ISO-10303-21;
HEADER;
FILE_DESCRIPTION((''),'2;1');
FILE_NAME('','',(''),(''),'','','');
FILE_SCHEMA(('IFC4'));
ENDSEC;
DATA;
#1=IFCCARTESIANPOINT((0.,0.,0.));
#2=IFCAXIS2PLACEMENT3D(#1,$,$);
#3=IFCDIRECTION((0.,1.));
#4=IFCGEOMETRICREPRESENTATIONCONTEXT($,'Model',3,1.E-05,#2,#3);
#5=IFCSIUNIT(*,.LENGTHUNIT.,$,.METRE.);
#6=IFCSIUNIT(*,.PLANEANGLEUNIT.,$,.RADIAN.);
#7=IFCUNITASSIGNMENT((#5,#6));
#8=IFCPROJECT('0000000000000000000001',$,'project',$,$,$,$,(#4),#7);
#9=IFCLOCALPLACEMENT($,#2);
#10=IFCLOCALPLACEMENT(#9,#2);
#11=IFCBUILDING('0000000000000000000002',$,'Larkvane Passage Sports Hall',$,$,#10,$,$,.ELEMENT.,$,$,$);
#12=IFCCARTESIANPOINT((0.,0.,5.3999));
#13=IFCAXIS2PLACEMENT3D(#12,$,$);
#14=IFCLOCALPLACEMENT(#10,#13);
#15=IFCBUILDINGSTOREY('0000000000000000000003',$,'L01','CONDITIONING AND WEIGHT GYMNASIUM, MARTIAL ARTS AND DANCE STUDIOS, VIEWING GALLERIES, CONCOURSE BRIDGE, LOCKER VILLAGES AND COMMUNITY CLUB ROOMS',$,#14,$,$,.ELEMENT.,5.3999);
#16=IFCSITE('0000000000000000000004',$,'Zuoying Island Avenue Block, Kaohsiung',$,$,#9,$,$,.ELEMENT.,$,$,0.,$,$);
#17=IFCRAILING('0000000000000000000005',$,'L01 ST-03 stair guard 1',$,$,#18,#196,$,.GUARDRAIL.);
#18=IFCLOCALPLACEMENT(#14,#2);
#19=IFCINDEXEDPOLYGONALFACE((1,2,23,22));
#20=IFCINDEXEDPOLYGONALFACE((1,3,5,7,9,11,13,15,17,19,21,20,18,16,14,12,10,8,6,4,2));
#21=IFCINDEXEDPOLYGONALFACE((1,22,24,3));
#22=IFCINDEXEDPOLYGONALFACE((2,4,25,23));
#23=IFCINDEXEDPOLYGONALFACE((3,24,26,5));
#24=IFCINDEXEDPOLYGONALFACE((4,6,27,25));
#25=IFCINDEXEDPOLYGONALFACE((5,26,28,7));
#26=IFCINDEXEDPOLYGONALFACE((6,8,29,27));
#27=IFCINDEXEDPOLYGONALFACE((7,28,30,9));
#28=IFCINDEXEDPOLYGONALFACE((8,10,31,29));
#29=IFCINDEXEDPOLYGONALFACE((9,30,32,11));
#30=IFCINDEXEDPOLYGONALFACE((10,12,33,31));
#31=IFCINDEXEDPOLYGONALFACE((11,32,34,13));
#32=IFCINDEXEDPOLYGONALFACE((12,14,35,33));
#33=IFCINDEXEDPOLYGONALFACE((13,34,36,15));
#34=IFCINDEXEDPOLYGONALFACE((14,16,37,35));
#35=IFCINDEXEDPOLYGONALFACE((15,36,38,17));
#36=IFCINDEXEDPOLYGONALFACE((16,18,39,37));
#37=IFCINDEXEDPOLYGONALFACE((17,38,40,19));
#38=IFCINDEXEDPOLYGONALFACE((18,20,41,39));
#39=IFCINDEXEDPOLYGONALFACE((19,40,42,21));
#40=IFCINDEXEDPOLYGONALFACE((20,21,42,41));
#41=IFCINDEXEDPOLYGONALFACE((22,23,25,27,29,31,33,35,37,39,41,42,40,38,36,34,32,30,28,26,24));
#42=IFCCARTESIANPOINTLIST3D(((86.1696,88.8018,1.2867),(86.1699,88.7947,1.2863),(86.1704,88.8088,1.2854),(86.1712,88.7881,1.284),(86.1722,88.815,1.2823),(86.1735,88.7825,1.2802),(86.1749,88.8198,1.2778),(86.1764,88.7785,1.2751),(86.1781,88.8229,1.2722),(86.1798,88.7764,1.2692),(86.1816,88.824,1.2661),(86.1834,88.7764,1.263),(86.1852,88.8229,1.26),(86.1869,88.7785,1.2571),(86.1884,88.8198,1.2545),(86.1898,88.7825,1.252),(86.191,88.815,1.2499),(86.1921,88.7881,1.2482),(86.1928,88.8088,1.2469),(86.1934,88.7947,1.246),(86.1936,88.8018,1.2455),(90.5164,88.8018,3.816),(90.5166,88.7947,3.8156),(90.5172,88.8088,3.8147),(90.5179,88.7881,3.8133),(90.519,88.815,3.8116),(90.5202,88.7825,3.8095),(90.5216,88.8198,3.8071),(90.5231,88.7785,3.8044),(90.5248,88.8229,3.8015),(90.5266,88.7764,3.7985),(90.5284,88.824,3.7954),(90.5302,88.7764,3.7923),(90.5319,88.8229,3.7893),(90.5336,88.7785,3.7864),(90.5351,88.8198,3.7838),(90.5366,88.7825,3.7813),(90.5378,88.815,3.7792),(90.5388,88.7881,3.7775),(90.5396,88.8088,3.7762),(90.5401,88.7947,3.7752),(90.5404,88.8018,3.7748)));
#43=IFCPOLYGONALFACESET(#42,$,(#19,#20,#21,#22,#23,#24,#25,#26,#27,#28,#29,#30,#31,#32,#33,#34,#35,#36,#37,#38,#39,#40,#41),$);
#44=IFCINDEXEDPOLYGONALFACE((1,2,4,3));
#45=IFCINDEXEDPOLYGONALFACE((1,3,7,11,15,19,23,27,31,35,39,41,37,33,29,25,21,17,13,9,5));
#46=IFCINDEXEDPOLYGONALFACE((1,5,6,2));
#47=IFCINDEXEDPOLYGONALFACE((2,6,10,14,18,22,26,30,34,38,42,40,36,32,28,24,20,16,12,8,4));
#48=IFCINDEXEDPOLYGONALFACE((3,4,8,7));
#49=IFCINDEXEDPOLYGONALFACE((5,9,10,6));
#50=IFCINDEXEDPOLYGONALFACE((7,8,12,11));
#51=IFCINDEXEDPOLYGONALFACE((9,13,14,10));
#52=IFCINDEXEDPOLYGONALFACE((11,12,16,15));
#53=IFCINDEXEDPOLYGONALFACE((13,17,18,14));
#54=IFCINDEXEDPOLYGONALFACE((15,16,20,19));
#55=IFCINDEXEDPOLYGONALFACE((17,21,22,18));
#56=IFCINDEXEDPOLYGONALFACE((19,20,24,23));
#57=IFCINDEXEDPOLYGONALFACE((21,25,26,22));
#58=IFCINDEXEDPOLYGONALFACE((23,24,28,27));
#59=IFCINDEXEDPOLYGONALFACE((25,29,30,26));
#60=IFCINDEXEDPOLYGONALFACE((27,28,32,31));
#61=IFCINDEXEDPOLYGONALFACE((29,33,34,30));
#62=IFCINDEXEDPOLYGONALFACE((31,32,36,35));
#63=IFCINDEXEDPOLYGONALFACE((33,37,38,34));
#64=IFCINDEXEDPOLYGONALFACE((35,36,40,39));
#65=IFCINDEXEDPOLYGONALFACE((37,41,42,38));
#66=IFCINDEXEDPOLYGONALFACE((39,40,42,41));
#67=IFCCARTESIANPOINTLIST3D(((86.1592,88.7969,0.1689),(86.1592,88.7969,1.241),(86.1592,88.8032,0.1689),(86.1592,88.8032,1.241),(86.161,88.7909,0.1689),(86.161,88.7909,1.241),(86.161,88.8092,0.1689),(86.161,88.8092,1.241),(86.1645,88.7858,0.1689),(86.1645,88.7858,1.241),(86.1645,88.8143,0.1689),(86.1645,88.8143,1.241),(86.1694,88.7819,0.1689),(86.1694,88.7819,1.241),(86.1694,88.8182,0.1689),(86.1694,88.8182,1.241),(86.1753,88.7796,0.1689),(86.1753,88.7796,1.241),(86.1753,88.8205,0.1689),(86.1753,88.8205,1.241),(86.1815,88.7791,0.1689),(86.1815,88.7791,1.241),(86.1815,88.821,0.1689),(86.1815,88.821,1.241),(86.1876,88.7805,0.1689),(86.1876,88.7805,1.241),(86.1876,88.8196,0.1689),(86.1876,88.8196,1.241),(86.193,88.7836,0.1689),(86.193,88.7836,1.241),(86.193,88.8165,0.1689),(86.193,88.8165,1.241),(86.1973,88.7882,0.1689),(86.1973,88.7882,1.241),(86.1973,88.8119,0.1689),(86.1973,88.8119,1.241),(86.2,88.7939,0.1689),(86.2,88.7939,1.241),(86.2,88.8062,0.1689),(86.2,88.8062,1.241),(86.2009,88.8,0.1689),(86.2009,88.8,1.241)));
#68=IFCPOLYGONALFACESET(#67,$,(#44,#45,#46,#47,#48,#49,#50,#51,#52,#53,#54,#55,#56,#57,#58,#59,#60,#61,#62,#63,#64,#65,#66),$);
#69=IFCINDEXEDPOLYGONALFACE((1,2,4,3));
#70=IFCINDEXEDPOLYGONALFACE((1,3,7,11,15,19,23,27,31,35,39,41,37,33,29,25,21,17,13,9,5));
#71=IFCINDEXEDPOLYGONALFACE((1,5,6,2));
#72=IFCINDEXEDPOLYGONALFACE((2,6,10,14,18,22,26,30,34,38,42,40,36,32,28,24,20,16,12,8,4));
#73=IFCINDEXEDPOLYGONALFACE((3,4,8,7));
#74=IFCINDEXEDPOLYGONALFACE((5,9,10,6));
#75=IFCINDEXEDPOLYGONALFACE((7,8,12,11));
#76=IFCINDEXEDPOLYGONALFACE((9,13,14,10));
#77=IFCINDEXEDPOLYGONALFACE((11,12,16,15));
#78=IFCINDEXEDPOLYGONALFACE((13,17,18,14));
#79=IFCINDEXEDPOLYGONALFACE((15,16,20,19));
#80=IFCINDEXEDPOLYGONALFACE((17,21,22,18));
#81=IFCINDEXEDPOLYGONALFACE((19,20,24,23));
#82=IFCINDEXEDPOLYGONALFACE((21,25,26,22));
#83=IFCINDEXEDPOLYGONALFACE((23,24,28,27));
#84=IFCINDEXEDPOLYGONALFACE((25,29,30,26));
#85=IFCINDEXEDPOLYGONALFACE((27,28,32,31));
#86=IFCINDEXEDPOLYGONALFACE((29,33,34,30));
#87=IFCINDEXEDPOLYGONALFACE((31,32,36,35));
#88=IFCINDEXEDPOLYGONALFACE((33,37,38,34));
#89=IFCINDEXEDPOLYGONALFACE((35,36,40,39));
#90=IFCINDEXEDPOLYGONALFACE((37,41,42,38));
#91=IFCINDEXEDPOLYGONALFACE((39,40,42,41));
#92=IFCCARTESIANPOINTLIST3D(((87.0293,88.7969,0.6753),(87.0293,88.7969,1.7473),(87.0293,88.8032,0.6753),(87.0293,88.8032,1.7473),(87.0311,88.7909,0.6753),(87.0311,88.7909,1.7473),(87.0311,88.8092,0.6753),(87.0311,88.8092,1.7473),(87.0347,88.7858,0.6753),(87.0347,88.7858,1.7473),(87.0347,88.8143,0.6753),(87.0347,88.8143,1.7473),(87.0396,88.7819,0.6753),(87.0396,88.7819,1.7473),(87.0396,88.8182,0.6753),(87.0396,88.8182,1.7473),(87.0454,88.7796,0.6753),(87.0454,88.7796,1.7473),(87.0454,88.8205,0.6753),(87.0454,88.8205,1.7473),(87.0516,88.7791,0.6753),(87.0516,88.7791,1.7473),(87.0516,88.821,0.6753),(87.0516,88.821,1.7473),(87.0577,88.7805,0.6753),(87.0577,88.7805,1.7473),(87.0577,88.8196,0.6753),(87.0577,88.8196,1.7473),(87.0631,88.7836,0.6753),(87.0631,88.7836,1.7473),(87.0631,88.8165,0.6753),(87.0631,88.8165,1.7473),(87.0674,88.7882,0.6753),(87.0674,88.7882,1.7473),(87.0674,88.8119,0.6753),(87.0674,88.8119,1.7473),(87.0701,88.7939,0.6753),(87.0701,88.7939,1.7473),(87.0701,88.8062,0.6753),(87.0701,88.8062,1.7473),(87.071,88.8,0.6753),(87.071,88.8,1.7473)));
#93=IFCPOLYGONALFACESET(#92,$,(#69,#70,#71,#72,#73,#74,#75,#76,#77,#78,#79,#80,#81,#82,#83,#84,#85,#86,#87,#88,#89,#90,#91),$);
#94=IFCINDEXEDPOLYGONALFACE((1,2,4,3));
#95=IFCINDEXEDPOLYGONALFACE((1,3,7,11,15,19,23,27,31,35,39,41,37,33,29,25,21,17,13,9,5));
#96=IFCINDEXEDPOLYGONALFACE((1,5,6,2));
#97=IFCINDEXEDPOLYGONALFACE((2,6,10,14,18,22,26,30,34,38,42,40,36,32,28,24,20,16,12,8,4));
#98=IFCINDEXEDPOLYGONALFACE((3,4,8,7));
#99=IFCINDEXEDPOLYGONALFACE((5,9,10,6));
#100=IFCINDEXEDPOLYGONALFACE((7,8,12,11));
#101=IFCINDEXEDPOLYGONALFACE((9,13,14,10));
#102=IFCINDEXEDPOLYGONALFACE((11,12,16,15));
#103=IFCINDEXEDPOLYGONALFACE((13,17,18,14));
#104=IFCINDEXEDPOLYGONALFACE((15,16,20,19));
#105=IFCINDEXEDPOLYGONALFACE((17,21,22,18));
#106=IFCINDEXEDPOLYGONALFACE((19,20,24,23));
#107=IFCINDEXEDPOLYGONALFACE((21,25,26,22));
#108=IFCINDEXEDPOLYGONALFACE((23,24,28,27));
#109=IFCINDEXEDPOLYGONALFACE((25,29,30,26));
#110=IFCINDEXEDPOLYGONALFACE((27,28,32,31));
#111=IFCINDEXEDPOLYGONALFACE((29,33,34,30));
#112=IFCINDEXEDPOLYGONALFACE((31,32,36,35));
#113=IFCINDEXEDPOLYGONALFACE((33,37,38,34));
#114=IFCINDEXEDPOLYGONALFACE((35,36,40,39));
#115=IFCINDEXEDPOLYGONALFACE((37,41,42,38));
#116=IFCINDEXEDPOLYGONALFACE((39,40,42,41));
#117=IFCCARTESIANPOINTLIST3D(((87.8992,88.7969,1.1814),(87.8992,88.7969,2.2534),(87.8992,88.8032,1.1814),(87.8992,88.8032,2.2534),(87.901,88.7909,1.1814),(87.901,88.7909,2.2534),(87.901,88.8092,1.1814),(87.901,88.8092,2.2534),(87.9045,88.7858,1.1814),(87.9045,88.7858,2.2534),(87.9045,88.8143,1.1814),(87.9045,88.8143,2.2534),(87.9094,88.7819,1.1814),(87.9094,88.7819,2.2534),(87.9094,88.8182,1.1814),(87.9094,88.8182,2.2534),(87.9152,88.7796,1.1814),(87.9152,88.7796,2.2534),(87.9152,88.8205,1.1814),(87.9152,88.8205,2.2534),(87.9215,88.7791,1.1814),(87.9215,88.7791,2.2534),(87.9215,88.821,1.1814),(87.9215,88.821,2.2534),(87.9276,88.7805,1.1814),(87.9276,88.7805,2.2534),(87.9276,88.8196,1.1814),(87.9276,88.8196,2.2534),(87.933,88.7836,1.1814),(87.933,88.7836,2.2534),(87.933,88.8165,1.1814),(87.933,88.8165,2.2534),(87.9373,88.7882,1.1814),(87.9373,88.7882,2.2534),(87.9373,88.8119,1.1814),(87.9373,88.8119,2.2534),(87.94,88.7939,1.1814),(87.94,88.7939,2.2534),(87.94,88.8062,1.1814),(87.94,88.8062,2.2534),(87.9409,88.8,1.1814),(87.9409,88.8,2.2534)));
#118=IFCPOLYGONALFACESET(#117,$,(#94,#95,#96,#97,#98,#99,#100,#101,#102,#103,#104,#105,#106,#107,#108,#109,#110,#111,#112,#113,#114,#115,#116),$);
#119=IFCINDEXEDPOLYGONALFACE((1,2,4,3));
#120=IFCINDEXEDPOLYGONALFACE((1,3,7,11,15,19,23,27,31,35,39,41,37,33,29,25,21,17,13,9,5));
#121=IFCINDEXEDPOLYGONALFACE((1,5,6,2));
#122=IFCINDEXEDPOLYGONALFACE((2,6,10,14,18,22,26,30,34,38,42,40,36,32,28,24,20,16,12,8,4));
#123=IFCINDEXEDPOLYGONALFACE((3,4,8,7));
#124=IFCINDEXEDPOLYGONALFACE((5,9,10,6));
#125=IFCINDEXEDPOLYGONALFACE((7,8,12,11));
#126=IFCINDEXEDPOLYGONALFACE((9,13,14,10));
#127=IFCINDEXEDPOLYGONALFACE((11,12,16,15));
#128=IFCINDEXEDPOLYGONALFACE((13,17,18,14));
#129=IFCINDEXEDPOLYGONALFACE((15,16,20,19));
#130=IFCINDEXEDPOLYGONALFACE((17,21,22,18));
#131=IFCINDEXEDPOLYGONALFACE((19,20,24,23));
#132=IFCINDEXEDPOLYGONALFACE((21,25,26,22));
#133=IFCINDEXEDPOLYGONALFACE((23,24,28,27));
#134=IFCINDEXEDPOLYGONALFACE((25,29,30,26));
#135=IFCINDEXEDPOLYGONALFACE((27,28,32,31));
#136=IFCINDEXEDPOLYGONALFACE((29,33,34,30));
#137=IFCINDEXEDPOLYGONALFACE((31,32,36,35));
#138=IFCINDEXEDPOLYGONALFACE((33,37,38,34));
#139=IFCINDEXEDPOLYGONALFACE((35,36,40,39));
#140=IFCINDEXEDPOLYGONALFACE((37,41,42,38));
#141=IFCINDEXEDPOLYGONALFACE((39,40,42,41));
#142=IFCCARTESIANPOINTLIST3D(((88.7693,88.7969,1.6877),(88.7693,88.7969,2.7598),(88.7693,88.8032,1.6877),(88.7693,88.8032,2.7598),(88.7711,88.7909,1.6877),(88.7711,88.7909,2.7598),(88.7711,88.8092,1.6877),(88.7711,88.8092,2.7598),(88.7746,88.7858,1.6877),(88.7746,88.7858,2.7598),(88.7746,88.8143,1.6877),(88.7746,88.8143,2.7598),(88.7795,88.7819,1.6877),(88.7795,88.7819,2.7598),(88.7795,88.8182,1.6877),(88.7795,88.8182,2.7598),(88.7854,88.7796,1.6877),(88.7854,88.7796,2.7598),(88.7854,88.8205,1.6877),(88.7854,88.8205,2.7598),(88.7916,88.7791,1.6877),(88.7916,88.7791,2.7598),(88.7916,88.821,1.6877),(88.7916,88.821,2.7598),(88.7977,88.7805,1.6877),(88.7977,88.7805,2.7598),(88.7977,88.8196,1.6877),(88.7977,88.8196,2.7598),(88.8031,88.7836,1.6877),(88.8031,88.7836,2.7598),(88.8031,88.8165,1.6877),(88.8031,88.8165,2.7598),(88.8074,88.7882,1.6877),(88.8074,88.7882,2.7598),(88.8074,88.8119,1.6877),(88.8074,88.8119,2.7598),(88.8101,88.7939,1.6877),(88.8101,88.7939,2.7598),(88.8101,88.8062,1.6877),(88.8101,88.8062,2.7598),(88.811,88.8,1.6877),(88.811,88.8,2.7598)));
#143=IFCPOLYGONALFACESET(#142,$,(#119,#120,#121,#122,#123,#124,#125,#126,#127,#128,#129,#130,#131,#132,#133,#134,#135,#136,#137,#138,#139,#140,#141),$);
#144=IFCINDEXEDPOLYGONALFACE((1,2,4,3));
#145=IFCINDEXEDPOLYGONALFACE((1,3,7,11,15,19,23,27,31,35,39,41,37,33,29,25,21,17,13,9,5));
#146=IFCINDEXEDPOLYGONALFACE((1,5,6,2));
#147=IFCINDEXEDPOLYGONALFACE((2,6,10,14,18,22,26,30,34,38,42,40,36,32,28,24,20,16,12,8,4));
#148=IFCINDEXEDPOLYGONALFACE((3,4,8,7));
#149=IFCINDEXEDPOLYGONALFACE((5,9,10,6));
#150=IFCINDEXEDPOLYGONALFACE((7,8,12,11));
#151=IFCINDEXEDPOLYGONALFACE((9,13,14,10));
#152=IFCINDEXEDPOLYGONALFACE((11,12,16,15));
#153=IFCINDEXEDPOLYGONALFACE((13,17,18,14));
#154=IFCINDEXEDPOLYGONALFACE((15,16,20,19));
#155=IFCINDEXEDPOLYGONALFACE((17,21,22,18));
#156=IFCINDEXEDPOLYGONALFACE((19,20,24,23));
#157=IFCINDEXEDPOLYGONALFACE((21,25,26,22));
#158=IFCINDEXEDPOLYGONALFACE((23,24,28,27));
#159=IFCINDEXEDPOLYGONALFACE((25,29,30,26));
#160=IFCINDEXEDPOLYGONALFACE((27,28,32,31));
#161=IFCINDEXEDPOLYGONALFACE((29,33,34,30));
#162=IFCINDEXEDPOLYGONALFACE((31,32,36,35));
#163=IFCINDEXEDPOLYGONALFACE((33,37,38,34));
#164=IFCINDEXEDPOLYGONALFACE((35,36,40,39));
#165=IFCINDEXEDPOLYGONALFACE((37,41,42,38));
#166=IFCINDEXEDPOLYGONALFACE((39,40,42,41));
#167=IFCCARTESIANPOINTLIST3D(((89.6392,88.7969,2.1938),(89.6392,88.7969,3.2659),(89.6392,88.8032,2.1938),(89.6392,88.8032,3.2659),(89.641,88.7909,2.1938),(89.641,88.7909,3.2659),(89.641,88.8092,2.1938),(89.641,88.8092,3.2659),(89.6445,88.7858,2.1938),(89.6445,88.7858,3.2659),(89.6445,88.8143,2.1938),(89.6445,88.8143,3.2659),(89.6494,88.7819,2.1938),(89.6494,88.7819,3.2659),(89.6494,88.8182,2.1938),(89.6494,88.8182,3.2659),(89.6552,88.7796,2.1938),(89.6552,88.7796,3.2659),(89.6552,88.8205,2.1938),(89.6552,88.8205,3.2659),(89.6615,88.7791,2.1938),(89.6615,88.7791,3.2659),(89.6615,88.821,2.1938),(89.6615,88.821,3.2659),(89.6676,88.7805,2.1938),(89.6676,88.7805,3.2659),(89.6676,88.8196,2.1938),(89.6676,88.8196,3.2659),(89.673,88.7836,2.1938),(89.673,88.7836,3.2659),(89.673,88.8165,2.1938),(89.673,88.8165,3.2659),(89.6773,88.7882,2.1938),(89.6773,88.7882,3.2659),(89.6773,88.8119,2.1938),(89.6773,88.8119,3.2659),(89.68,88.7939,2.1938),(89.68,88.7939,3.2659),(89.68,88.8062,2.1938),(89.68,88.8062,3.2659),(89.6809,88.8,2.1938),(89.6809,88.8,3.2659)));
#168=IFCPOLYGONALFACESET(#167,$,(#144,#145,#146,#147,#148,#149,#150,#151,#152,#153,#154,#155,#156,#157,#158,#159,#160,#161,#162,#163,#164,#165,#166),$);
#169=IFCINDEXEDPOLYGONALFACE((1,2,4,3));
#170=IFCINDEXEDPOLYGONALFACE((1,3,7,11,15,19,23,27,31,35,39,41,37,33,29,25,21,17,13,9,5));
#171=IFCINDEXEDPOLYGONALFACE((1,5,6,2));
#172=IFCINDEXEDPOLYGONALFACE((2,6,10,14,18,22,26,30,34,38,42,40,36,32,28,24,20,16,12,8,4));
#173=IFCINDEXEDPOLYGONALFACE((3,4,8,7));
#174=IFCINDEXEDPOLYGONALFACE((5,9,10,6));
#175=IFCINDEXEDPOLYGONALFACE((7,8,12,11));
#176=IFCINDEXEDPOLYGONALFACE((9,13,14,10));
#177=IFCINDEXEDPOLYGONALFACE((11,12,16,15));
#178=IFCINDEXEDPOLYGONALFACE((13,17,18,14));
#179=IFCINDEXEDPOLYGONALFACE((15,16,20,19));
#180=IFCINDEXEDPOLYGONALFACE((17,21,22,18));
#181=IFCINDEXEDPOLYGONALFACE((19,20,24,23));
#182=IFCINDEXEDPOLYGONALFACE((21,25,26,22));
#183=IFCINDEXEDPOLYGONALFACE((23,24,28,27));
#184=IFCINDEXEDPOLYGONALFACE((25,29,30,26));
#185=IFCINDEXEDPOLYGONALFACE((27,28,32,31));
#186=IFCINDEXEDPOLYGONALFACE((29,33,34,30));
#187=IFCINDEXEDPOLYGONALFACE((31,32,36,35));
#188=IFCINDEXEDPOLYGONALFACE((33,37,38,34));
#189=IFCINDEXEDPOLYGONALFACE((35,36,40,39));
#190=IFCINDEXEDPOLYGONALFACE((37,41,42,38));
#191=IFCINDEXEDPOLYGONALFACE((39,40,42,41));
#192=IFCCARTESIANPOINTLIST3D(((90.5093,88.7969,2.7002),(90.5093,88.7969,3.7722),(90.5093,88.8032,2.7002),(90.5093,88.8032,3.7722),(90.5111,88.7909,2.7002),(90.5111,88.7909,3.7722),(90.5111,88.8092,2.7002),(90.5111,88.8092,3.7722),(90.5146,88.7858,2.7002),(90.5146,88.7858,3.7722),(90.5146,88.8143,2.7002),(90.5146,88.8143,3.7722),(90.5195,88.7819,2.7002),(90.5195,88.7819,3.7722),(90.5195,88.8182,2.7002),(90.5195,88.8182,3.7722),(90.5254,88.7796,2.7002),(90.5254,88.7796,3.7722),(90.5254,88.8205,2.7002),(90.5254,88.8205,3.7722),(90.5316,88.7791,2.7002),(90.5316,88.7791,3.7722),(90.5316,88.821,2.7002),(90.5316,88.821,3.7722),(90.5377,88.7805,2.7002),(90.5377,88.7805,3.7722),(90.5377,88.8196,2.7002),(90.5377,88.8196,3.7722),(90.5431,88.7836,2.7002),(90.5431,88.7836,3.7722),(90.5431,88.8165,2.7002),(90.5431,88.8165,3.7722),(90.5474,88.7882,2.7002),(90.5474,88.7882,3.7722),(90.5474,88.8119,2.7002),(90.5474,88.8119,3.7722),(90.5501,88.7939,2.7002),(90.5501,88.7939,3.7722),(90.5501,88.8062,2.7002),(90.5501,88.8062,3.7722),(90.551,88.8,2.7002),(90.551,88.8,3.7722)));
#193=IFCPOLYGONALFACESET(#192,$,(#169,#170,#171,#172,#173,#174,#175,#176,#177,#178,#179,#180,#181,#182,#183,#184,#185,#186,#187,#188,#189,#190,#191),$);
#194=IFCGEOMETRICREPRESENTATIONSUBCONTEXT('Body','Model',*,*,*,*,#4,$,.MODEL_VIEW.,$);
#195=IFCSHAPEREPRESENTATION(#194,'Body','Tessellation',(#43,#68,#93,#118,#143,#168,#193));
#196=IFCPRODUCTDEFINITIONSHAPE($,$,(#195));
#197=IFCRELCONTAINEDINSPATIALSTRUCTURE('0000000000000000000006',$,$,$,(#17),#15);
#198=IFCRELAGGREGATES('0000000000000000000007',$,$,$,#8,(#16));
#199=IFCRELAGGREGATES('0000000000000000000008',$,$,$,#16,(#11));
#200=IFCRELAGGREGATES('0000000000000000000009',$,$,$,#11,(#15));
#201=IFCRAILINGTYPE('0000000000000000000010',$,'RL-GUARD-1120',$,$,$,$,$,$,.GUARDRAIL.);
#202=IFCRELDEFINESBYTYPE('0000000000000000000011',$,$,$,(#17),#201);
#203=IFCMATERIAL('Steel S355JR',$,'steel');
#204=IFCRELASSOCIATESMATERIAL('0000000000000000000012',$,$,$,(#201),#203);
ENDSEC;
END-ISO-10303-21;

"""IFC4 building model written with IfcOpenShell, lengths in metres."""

from ifc_helpers import new_model, si_unit, direction, frame, origin, origin_2d, place, context, subcontext, project, spatial, circle, extrude, material, type_object, element, save


model = new_model("IFC4")

# Units and contexts
model_context = context("Model", 3, precision=1e-05, world=origin(), true_north=direction((0.0, 1.0)))
body_context = subcontext(model_context, "Body", "Model", "MODEL_VIEW")
ifc_project = project(units=[si_unit("LENGTHUNIT", "METRE"), si_unit("PLANEANGLEUNIT", "RADIAN")], contexts=[model_context])

# Site, building, storey
site_placement = place(None, origin())
site = spatial("IfcSite", under=ifc_project, at=site_placement, Name="Zuoying Island Avenue Block, Kaohsiung", CompositionType="ELEMENT", RefElevation=0.0)
building_placement = place(site_placement, origin())
building = spatial("IfcBuilding", under=site, at=building_placement, Name="Larkvane Passage Sports Hall", CompositionType="ELEMENT")
storey_placement = place(building_placement, frame((0.0, 0.0, 5.3999)))
storey = spatial("IfcBuildingStorey", under=building, at=storey_placement, Name="L01", Description="CONDITIONING AND WEIGHT GYMNASIUM, MARTIAL ARTS AND DANCE STUDIOS, VIEWING GALLERIES, CONCOURSE BRIDGE, LOCKER VILLAGES AND COMMUNITY CLUB ROOMS", CompositionType="ELEMENT", Elevation=5.3999)

# Shared definitions
ifc_material_1 = material(Name="Steel S355JR", Category="steel")

# Railing
railing_type_1 = type_object("IfcRailingType", Name="RL-GUARD-1120", PredefinedType="GUARDRAIL", material=ifc_material_1)
railing_1_placement = place(storey_placement, frame((86.1799, 88.8, 0.1689)))
element("IfcRailing", 1, at=railing_1_placement, inside=storey, type_object=railing_type_1, Name="L01 ST-03 stair guard 1", PredefinedType="GUARDRAIL", context=body_context, shape_type="SweptSolid", body=[
    extrude(circle(Radius=0.0239, at=origin_2d()), frame((0.0017, 0.0, 1.0972), z_axis=(0.864324, 0.0, 0.502936), x_axis=(0.0, 1.0, 0.0)), (0.0, 0.0, 1.0), 5.0291),
    extrude(circle(Radius=0.021, at=origin_2d()), origin(), (0.0, 0.0, 1.0), 1.072),
    extrude(circle(Radius=0.021, at=origin_2d()), frame((0.8701, 0.0, 0.5063)), (0.0, 0.0, 1.0), 1.072),
    extrude(circle(Radius=0.021, at=origin_2d()), frame((1.74, 0.0, 1.0125)), (0.0, 0.0, 1.0), 1.072),
    extrude(circle(Radius=0.021, at=origin_2d()), frame((2.6101, 0.0, 1.5188)), (0.0, 0.0, 1.0), 1.072),
    extrude(circle(Radius=0.021, at=origin_2d()), frame((3.48, 0.0, 2.0249)), (0.0, 0.0, 1.0), 1.072),
    extrude(circle(Radius=0.021, at=origin_2d()), frame((4.3501, 0.0, 2.5312)), (0.0, 0.0, 1.0), 1.072),
])

save(model, "model.ifc")
